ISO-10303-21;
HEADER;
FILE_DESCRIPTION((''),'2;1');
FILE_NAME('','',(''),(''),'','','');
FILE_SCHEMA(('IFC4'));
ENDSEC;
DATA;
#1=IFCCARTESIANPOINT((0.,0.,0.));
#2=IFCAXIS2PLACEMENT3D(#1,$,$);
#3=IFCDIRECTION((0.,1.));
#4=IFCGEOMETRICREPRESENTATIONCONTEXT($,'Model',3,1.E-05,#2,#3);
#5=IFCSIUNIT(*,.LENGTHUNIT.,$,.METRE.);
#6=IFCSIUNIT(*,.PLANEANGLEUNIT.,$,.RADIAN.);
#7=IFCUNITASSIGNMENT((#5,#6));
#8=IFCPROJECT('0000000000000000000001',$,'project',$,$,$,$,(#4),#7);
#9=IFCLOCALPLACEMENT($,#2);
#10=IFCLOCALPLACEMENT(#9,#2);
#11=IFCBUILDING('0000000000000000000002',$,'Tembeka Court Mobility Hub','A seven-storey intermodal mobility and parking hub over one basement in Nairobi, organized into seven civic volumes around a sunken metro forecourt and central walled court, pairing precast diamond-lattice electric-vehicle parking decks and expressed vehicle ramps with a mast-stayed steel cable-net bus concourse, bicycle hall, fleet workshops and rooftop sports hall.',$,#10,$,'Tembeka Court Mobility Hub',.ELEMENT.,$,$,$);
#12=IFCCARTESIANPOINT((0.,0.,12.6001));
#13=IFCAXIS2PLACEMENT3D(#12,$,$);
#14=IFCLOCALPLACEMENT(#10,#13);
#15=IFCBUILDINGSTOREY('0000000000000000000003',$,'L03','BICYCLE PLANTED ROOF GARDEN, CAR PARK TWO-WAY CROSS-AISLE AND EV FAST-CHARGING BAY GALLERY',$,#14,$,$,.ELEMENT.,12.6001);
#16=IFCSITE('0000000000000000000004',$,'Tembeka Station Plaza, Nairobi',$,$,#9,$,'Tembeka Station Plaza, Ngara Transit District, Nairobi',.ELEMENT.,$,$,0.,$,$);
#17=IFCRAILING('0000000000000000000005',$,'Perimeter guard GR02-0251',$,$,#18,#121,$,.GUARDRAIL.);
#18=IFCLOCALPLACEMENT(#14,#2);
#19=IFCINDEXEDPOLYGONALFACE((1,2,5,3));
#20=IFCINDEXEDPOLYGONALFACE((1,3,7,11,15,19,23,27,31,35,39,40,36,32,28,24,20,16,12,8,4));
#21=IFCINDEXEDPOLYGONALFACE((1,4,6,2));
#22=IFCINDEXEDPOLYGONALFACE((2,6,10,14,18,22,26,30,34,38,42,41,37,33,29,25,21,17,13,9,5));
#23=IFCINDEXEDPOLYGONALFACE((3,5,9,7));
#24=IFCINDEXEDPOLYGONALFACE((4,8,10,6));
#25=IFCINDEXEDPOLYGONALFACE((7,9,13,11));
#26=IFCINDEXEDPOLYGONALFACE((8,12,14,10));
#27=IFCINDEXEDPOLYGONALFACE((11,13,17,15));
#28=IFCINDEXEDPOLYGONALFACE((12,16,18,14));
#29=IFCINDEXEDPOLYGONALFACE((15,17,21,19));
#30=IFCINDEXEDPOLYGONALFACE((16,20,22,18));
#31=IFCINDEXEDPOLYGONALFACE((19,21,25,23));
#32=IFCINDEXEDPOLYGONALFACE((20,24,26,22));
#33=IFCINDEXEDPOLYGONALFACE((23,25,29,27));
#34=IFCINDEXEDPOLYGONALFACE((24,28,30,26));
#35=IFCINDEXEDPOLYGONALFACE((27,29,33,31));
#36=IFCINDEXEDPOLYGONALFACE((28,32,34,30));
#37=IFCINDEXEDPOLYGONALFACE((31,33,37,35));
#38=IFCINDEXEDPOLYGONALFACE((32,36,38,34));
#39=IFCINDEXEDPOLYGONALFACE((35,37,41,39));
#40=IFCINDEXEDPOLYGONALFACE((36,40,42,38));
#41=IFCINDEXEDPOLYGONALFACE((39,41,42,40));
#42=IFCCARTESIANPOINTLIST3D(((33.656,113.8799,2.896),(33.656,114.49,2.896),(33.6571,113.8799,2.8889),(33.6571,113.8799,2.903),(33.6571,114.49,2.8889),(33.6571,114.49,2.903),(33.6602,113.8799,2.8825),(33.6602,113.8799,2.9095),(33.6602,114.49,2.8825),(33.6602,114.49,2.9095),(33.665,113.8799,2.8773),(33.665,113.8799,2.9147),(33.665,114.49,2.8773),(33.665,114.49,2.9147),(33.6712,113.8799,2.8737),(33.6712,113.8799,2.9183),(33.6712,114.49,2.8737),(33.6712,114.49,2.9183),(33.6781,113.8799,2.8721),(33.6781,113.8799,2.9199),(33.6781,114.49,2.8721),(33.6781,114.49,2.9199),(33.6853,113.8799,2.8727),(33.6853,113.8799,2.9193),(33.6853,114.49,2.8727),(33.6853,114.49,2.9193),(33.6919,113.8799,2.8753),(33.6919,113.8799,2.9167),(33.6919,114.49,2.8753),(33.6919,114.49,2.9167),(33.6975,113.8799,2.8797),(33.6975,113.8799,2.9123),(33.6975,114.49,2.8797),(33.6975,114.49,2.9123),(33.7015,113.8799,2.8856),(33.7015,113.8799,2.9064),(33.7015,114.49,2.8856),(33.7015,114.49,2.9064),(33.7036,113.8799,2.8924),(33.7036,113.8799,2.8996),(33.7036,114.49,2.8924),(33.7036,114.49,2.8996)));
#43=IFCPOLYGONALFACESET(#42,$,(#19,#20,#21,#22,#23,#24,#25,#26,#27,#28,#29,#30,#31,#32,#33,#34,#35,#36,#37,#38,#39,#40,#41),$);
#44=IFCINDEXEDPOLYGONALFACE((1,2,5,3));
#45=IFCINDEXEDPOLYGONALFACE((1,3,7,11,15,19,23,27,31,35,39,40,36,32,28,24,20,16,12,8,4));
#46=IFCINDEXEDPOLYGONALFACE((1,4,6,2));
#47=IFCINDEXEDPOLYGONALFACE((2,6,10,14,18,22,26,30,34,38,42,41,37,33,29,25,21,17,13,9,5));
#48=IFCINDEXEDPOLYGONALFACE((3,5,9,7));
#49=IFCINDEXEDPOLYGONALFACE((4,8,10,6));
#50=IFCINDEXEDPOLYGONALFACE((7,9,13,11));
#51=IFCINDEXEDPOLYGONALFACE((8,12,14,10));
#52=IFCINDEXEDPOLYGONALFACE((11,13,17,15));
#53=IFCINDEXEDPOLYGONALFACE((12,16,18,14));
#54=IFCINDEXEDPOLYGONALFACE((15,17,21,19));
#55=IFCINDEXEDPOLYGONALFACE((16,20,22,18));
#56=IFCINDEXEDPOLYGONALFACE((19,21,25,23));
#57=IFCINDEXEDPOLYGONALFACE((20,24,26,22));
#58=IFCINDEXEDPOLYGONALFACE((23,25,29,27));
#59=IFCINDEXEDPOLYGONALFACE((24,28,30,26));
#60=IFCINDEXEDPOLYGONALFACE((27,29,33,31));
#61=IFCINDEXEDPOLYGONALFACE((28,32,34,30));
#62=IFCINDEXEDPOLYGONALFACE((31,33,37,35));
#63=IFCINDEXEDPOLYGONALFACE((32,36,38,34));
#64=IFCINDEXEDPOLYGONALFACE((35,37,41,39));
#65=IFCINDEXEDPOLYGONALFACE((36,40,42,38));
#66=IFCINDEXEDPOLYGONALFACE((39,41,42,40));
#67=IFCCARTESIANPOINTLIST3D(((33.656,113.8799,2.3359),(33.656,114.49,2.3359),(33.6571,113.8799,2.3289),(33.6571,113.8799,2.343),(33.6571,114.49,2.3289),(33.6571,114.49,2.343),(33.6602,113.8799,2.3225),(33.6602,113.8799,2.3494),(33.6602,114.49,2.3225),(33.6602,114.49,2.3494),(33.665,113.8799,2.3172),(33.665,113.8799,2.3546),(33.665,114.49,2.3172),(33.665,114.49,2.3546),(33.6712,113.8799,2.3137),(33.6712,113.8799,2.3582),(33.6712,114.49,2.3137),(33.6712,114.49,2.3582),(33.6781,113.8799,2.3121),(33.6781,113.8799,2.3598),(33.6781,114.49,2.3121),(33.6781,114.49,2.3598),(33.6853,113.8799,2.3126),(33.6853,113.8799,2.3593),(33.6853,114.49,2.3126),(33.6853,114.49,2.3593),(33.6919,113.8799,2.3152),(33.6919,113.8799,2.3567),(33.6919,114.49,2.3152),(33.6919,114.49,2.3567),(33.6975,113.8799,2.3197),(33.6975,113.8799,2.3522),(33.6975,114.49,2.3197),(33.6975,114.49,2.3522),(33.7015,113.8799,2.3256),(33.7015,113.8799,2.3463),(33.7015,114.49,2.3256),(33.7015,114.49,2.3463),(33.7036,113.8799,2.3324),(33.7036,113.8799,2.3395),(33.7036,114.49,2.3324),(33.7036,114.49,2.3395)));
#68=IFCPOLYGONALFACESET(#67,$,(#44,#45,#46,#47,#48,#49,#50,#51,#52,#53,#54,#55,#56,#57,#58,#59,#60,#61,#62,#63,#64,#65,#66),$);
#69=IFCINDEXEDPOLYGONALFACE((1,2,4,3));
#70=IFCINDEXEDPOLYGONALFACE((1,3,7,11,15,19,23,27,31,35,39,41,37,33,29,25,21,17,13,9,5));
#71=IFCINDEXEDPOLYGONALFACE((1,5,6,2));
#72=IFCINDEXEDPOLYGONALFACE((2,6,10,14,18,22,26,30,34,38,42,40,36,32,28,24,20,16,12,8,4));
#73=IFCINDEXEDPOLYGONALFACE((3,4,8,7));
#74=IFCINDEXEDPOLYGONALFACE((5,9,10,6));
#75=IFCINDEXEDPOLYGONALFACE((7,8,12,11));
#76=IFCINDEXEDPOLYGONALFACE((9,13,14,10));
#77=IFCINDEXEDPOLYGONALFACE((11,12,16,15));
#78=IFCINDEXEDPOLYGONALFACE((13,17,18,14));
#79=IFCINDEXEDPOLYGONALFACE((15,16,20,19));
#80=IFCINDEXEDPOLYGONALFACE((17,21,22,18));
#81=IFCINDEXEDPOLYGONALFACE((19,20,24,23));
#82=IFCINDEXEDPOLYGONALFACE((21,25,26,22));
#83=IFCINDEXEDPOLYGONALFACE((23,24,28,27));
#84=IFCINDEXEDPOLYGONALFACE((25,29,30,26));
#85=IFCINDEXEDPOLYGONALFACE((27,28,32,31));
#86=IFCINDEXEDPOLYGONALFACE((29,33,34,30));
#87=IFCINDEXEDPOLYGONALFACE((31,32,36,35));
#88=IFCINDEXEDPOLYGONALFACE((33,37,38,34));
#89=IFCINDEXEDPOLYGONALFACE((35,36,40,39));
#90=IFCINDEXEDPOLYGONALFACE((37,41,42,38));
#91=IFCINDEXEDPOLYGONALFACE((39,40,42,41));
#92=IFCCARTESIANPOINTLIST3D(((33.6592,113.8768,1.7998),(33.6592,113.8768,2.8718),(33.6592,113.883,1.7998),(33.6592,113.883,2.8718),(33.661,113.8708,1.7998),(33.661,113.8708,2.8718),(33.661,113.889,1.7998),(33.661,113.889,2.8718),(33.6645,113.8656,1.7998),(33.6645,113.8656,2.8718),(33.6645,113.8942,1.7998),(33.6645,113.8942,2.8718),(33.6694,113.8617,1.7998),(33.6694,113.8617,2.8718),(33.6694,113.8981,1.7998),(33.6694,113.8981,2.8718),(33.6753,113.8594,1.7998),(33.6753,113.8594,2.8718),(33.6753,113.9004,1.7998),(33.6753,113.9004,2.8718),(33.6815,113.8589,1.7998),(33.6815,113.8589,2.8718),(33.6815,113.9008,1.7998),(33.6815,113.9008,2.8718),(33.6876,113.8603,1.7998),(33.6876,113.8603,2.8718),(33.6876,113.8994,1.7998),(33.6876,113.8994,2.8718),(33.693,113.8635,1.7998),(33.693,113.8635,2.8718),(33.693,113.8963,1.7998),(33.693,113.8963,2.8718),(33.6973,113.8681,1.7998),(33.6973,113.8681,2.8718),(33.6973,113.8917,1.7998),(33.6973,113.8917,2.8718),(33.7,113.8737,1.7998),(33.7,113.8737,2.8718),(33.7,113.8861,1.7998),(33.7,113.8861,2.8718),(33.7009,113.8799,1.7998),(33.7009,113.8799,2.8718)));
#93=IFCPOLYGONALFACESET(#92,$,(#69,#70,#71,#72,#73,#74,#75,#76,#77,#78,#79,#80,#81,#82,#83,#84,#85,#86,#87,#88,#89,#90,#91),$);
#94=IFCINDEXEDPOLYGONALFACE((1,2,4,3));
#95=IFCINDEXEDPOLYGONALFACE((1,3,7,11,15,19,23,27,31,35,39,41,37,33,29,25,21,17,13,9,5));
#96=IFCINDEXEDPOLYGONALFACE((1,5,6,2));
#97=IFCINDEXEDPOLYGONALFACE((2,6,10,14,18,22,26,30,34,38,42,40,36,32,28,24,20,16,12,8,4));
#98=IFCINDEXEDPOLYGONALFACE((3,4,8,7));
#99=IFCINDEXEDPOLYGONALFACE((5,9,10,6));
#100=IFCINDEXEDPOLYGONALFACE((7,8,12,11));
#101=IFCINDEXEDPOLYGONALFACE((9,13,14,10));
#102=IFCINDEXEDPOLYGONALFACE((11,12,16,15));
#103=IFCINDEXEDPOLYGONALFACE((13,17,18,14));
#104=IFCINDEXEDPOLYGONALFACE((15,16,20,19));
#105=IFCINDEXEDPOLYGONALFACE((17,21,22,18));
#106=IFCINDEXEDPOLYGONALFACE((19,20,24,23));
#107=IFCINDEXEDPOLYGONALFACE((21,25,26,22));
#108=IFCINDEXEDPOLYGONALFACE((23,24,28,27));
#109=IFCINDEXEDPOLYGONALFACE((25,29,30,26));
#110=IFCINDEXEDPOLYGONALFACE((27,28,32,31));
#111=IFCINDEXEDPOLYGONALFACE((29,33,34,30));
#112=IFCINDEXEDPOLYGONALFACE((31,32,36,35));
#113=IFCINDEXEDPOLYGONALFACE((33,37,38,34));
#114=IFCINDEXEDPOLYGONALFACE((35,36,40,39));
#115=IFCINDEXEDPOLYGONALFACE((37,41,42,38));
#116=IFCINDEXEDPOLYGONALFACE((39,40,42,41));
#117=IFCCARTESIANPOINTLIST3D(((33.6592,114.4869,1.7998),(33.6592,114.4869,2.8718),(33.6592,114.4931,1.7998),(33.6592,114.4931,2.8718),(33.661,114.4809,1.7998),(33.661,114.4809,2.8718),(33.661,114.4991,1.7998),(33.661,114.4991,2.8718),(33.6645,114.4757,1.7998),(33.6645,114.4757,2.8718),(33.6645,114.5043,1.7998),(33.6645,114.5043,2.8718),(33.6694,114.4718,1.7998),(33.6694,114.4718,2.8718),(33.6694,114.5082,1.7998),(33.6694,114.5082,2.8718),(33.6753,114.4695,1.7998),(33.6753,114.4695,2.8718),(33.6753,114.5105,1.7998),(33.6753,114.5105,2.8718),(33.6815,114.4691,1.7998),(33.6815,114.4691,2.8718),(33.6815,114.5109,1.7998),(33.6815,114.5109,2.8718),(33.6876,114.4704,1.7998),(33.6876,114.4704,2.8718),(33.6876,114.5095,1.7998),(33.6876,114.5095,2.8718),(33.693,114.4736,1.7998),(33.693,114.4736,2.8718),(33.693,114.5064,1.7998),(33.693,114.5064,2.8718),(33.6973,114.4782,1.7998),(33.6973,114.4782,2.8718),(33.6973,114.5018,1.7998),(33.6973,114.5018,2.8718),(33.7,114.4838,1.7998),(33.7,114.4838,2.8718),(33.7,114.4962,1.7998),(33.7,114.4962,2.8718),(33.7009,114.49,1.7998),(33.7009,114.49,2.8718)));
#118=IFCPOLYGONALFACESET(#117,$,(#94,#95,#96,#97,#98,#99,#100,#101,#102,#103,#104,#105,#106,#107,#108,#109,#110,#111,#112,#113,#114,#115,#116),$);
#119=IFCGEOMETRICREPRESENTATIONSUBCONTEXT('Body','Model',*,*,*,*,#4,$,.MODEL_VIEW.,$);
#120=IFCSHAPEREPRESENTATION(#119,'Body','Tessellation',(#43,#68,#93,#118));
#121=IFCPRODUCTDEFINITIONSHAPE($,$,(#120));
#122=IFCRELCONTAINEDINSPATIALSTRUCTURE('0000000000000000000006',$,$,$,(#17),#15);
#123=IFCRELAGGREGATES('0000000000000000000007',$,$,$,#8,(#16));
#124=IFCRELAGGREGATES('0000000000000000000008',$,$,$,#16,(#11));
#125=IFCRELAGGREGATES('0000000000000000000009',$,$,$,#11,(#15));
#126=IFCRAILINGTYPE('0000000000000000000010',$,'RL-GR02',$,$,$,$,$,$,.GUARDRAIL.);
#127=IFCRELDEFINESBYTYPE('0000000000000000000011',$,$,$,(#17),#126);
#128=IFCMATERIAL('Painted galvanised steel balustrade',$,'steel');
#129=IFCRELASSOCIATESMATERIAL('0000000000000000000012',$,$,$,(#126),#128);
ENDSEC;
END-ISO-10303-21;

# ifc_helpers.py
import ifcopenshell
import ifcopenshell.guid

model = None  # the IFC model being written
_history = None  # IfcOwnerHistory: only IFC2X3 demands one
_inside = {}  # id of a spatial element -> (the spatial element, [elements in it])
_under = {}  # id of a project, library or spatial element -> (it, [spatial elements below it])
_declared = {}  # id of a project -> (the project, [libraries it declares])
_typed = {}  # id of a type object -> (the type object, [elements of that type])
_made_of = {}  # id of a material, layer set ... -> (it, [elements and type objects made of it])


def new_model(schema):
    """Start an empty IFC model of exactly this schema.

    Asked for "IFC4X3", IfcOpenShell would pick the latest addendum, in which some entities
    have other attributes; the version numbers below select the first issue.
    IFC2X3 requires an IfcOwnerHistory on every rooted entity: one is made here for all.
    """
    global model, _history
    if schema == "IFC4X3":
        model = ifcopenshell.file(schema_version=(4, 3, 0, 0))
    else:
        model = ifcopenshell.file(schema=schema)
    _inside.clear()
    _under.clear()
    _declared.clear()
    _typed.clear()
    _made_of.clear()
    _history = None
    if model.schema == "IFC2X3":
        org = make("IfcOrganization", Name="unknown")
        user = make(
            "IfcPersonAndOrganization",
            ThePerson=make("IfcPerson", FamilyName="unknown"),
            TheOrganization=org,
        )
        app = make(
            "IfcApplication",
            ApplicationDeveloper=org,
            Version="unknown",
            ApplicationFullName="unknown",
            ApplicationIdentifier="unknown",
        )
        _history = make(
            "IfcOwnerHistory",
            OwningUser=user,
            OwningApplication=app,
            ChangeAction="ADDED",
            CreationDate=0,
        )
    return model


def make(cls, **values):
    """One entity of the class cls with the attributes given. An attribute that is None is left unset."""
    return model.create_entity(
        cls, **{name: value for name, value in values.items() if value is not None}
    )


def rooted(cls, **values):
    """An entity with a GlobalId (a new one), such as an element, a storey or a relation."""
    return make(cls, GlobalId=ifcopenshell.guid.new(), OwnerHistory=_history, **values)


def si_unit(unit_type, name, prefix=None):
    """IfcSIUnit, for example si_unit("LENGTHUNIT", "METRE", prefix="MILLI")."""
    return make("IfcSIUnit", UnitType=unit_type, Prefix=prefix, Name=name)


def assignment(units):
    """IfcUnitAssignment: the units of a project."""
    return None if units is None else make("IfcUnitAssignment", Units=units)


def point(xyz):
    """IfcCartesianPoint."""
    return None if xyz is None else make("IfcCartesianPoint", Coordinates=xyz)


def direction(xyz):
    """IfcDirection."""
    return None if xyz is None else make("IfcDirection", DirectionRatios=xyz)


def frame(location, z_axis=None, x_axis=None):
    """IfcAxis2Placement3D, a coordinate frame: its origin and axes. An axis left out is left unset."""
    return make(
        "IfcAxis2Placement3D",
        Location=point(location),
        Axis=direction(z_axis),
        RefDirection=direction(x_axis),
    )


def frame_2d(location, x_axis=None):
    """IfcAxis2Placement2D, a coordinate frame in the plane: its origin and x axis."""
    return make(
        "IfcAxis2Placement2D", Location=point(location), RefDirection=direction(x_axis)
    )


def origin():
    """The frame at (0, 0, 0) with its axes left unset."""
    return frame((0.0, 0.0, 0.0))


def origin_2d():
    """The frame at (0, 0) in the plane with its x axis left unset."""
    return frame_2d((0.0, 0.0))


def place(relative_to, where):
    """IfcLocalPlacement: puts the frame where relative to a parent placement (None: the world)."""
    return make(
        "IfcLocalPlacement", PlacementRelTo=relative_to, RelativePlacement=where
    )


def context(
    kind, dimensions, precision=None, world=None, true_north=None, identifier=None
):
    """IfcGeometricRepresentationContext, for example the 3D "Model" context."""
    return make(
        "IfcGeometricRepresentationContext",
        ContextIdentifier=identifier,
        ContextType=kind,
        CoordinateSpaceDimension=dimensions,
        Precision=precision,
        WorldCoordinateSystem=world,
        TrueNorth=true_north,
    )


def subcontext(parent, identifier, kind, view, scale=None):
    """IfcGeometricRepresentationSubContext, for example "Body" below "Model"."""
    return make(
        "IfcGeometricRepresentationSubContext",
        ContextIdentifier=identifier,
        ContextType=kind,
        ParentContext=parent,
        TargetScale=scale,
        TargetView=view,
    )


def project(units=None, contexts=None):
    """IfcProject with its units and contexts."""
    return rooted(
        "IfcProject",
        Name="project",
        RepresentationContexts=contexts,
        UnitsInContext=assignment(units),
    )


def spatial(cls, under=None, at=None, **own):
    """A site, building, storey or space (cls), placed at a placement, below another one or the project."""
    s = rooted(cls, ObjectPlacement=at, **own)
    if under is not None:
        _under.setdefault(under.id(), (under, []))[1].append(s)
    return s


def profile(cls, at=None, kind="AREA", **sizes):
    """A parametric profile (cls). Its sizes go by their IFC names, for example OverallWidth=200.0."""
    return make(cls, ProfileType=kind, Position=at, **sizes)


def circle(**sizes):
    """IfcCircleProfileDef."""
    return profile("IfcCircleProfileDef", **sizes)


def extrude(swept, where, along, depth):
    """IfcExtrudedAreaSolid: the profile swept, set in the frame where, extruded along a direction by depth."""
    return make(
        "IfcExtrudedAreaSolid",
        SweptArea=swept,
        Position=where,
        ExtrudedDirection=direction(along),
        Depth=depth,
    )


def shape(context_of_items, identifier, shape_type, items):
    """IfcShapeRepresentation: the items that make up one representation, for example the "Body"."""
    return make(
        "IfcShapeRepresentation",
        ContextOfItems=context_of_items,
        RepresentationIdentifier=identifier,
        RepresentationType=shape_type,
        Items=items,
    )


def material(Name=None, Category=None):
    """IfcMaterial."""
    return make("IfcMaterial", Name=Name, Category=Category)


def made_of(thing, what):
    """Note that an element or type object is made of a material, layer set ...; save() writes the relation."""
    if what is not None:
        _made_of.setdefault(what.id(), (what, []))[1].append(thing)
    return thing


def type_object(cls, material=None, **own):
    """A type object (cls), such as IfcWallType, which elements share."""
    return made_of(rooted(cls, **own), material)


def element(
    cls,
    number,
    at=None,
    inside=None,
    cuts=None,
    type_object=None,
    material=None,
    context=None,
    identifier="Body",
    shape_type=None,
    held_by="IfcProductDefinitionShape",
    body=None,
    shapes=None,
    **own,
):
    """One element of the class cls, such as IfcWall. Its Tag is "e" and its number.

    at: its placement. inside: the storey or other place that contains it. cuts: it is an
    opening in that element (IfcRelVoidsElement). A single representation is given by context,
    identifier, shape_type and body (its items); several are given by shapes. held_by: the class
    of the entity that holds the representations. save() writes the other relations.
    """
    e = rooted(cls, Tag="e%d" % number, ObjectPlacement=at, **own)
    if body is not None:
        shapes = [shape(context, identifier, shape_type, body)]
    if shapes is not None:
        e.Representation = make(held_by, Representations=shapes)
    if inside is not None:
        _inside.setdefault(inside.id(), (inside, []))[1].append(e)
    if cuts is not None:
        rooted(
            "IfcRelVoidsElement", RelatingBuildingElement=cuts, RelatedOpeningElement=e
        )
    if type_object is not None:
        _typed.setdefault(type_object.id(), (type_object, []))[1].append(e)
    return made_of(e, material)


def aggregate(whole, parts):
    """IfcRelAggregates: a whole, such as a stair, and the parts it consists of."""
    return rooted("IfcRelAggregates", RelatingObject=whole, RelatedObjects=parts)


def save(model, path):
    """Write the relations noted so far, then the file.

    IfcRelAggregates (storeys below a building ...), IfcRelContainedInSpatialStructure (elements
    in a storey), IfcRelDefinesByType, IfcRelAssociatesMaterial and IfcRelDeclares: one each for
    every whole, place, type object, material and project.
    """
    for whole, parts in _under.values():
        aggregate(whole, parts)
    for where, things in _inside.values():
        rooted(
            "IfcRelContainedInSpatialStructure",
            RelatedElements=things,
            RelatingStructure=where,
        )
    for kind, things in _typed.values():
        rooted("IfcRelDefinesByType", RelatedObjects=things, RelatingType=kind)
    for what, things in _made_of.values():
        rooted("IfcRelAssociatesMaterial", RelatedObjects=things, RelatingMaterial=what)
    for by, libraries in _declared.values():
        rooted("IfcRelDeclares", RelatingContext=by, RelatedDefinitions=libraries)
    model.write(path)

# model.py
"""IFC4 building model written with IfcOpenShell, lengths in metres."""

from ifc_helpers import new_model, si_unit, direction, frame, origin, origin_2d, place, context, subcontext, project, spatial, circle, extrude, material, type_object, element, save


model = new_model("IFC4")

# Units and contexts
model_context = context("Model", 3, precision=1e-05, world=origin(), true_north=direction((0.0, 1.0)))
body_context = subcontext(model_context, "Body", "Model", "MODEL_VIEW")
ifc_project = project(units=[si_unit("LENGTHUNIT", "METRE"), si_unit("PLANEANGLEUNIT", "RADIAN")], contexts=[model_context])

# Site, building, storey
site_placement = place(None, origin())
site = spatial("IfcSite", under=ifc_project, at=site_placement, Name="Tembeka Station Plaza, Nairobi", LongName="Tembeka Station Plaza, Ngara Transit District, Nairobi", CompositionType="ELEMENT", RefElevation=0.0)
building_placement = place(site_placement, origin())
building = spatial("IfcBuilding", under=site, at=building_placement, Name="Tembeka Court Mobility Hub", Description="A seven-storey intermodal mobility and parking hub over one basement in Nairobi, organized into seven civic volumes around a sunken metro forecourt and central walled court, pairing precast diamond-lattice electric-vehicle parking decks and expressed vehicle ramps with a mast-stayed steel cable-net bus concourse, bicycle hall, fleet workshops and rooftop sports hall.", LongName="Tembeka Court Mobility Hub", CompositionType="ELEMENT")
storey_placement = place(building_placement, frame((0.0, 0.0, 12.6001)))
storey = spatial("IfcBuildingStorey", under=building, at=storey_placement, Name="L03", Description="BICYCLE PLANTED ROOF GARDEN, CAR PARK TWO-WAY CROSS-AISLE AND EV FAST-CHARGING BAY GALLERY", CompositionType="ELEMENT", Elevation=12.6001)

# Railing
ifc_material_1 = material(Name="Painted galvanised steel balustrade", Category="steel")
railing_type_1 = type_object("IfcRailingType", Name="RL-GR02", PredefinedType="GUARDRAIL", material=ifc_material_1)
railing_1_placement = place(storey_placement, frame((33.6799, 113.8799, 1.7998)))
element("IfcRailing", 1, at=railing_1_placement, inside=storey, type_object=railing_type_1, Name="Perimeter guard GR02-0251", PredefinedType="GUARDRAIL", context=body_context, shape_type="SweptSolid", body=[
    extrude(circle(Radius=0.0239, at=origin_2d()), frame((0.0, 0.0, 1.0962), z_axis=(0.0, 1.0, 0.0), x_axis=(-1.0, 0.0, 0.0)), (0.0, 0.0, 1.0), 0.6101),
    extrude(circle(Radius=0.0239, at=origin_2d()), frame((0.0, 0.0, 0.5361), z_axis=(0.0, 1.0, 0.0), x_axis=(-1.0, 0.0, 0.0)), (0.0, 0.0, 1.0), 0.6101),
    extrude(circle(Radius=0.021, at=origin_2d()), origin(), (0.0, 0.0, 1.0), 1.072),
    extrude(circle(Radius=0.021, at=origin_2d()), frame((0.0, 0.6101, 0.0)), (0.0, 0.0, 1.0), 1.072),
])

save(model, "model.ifc")
